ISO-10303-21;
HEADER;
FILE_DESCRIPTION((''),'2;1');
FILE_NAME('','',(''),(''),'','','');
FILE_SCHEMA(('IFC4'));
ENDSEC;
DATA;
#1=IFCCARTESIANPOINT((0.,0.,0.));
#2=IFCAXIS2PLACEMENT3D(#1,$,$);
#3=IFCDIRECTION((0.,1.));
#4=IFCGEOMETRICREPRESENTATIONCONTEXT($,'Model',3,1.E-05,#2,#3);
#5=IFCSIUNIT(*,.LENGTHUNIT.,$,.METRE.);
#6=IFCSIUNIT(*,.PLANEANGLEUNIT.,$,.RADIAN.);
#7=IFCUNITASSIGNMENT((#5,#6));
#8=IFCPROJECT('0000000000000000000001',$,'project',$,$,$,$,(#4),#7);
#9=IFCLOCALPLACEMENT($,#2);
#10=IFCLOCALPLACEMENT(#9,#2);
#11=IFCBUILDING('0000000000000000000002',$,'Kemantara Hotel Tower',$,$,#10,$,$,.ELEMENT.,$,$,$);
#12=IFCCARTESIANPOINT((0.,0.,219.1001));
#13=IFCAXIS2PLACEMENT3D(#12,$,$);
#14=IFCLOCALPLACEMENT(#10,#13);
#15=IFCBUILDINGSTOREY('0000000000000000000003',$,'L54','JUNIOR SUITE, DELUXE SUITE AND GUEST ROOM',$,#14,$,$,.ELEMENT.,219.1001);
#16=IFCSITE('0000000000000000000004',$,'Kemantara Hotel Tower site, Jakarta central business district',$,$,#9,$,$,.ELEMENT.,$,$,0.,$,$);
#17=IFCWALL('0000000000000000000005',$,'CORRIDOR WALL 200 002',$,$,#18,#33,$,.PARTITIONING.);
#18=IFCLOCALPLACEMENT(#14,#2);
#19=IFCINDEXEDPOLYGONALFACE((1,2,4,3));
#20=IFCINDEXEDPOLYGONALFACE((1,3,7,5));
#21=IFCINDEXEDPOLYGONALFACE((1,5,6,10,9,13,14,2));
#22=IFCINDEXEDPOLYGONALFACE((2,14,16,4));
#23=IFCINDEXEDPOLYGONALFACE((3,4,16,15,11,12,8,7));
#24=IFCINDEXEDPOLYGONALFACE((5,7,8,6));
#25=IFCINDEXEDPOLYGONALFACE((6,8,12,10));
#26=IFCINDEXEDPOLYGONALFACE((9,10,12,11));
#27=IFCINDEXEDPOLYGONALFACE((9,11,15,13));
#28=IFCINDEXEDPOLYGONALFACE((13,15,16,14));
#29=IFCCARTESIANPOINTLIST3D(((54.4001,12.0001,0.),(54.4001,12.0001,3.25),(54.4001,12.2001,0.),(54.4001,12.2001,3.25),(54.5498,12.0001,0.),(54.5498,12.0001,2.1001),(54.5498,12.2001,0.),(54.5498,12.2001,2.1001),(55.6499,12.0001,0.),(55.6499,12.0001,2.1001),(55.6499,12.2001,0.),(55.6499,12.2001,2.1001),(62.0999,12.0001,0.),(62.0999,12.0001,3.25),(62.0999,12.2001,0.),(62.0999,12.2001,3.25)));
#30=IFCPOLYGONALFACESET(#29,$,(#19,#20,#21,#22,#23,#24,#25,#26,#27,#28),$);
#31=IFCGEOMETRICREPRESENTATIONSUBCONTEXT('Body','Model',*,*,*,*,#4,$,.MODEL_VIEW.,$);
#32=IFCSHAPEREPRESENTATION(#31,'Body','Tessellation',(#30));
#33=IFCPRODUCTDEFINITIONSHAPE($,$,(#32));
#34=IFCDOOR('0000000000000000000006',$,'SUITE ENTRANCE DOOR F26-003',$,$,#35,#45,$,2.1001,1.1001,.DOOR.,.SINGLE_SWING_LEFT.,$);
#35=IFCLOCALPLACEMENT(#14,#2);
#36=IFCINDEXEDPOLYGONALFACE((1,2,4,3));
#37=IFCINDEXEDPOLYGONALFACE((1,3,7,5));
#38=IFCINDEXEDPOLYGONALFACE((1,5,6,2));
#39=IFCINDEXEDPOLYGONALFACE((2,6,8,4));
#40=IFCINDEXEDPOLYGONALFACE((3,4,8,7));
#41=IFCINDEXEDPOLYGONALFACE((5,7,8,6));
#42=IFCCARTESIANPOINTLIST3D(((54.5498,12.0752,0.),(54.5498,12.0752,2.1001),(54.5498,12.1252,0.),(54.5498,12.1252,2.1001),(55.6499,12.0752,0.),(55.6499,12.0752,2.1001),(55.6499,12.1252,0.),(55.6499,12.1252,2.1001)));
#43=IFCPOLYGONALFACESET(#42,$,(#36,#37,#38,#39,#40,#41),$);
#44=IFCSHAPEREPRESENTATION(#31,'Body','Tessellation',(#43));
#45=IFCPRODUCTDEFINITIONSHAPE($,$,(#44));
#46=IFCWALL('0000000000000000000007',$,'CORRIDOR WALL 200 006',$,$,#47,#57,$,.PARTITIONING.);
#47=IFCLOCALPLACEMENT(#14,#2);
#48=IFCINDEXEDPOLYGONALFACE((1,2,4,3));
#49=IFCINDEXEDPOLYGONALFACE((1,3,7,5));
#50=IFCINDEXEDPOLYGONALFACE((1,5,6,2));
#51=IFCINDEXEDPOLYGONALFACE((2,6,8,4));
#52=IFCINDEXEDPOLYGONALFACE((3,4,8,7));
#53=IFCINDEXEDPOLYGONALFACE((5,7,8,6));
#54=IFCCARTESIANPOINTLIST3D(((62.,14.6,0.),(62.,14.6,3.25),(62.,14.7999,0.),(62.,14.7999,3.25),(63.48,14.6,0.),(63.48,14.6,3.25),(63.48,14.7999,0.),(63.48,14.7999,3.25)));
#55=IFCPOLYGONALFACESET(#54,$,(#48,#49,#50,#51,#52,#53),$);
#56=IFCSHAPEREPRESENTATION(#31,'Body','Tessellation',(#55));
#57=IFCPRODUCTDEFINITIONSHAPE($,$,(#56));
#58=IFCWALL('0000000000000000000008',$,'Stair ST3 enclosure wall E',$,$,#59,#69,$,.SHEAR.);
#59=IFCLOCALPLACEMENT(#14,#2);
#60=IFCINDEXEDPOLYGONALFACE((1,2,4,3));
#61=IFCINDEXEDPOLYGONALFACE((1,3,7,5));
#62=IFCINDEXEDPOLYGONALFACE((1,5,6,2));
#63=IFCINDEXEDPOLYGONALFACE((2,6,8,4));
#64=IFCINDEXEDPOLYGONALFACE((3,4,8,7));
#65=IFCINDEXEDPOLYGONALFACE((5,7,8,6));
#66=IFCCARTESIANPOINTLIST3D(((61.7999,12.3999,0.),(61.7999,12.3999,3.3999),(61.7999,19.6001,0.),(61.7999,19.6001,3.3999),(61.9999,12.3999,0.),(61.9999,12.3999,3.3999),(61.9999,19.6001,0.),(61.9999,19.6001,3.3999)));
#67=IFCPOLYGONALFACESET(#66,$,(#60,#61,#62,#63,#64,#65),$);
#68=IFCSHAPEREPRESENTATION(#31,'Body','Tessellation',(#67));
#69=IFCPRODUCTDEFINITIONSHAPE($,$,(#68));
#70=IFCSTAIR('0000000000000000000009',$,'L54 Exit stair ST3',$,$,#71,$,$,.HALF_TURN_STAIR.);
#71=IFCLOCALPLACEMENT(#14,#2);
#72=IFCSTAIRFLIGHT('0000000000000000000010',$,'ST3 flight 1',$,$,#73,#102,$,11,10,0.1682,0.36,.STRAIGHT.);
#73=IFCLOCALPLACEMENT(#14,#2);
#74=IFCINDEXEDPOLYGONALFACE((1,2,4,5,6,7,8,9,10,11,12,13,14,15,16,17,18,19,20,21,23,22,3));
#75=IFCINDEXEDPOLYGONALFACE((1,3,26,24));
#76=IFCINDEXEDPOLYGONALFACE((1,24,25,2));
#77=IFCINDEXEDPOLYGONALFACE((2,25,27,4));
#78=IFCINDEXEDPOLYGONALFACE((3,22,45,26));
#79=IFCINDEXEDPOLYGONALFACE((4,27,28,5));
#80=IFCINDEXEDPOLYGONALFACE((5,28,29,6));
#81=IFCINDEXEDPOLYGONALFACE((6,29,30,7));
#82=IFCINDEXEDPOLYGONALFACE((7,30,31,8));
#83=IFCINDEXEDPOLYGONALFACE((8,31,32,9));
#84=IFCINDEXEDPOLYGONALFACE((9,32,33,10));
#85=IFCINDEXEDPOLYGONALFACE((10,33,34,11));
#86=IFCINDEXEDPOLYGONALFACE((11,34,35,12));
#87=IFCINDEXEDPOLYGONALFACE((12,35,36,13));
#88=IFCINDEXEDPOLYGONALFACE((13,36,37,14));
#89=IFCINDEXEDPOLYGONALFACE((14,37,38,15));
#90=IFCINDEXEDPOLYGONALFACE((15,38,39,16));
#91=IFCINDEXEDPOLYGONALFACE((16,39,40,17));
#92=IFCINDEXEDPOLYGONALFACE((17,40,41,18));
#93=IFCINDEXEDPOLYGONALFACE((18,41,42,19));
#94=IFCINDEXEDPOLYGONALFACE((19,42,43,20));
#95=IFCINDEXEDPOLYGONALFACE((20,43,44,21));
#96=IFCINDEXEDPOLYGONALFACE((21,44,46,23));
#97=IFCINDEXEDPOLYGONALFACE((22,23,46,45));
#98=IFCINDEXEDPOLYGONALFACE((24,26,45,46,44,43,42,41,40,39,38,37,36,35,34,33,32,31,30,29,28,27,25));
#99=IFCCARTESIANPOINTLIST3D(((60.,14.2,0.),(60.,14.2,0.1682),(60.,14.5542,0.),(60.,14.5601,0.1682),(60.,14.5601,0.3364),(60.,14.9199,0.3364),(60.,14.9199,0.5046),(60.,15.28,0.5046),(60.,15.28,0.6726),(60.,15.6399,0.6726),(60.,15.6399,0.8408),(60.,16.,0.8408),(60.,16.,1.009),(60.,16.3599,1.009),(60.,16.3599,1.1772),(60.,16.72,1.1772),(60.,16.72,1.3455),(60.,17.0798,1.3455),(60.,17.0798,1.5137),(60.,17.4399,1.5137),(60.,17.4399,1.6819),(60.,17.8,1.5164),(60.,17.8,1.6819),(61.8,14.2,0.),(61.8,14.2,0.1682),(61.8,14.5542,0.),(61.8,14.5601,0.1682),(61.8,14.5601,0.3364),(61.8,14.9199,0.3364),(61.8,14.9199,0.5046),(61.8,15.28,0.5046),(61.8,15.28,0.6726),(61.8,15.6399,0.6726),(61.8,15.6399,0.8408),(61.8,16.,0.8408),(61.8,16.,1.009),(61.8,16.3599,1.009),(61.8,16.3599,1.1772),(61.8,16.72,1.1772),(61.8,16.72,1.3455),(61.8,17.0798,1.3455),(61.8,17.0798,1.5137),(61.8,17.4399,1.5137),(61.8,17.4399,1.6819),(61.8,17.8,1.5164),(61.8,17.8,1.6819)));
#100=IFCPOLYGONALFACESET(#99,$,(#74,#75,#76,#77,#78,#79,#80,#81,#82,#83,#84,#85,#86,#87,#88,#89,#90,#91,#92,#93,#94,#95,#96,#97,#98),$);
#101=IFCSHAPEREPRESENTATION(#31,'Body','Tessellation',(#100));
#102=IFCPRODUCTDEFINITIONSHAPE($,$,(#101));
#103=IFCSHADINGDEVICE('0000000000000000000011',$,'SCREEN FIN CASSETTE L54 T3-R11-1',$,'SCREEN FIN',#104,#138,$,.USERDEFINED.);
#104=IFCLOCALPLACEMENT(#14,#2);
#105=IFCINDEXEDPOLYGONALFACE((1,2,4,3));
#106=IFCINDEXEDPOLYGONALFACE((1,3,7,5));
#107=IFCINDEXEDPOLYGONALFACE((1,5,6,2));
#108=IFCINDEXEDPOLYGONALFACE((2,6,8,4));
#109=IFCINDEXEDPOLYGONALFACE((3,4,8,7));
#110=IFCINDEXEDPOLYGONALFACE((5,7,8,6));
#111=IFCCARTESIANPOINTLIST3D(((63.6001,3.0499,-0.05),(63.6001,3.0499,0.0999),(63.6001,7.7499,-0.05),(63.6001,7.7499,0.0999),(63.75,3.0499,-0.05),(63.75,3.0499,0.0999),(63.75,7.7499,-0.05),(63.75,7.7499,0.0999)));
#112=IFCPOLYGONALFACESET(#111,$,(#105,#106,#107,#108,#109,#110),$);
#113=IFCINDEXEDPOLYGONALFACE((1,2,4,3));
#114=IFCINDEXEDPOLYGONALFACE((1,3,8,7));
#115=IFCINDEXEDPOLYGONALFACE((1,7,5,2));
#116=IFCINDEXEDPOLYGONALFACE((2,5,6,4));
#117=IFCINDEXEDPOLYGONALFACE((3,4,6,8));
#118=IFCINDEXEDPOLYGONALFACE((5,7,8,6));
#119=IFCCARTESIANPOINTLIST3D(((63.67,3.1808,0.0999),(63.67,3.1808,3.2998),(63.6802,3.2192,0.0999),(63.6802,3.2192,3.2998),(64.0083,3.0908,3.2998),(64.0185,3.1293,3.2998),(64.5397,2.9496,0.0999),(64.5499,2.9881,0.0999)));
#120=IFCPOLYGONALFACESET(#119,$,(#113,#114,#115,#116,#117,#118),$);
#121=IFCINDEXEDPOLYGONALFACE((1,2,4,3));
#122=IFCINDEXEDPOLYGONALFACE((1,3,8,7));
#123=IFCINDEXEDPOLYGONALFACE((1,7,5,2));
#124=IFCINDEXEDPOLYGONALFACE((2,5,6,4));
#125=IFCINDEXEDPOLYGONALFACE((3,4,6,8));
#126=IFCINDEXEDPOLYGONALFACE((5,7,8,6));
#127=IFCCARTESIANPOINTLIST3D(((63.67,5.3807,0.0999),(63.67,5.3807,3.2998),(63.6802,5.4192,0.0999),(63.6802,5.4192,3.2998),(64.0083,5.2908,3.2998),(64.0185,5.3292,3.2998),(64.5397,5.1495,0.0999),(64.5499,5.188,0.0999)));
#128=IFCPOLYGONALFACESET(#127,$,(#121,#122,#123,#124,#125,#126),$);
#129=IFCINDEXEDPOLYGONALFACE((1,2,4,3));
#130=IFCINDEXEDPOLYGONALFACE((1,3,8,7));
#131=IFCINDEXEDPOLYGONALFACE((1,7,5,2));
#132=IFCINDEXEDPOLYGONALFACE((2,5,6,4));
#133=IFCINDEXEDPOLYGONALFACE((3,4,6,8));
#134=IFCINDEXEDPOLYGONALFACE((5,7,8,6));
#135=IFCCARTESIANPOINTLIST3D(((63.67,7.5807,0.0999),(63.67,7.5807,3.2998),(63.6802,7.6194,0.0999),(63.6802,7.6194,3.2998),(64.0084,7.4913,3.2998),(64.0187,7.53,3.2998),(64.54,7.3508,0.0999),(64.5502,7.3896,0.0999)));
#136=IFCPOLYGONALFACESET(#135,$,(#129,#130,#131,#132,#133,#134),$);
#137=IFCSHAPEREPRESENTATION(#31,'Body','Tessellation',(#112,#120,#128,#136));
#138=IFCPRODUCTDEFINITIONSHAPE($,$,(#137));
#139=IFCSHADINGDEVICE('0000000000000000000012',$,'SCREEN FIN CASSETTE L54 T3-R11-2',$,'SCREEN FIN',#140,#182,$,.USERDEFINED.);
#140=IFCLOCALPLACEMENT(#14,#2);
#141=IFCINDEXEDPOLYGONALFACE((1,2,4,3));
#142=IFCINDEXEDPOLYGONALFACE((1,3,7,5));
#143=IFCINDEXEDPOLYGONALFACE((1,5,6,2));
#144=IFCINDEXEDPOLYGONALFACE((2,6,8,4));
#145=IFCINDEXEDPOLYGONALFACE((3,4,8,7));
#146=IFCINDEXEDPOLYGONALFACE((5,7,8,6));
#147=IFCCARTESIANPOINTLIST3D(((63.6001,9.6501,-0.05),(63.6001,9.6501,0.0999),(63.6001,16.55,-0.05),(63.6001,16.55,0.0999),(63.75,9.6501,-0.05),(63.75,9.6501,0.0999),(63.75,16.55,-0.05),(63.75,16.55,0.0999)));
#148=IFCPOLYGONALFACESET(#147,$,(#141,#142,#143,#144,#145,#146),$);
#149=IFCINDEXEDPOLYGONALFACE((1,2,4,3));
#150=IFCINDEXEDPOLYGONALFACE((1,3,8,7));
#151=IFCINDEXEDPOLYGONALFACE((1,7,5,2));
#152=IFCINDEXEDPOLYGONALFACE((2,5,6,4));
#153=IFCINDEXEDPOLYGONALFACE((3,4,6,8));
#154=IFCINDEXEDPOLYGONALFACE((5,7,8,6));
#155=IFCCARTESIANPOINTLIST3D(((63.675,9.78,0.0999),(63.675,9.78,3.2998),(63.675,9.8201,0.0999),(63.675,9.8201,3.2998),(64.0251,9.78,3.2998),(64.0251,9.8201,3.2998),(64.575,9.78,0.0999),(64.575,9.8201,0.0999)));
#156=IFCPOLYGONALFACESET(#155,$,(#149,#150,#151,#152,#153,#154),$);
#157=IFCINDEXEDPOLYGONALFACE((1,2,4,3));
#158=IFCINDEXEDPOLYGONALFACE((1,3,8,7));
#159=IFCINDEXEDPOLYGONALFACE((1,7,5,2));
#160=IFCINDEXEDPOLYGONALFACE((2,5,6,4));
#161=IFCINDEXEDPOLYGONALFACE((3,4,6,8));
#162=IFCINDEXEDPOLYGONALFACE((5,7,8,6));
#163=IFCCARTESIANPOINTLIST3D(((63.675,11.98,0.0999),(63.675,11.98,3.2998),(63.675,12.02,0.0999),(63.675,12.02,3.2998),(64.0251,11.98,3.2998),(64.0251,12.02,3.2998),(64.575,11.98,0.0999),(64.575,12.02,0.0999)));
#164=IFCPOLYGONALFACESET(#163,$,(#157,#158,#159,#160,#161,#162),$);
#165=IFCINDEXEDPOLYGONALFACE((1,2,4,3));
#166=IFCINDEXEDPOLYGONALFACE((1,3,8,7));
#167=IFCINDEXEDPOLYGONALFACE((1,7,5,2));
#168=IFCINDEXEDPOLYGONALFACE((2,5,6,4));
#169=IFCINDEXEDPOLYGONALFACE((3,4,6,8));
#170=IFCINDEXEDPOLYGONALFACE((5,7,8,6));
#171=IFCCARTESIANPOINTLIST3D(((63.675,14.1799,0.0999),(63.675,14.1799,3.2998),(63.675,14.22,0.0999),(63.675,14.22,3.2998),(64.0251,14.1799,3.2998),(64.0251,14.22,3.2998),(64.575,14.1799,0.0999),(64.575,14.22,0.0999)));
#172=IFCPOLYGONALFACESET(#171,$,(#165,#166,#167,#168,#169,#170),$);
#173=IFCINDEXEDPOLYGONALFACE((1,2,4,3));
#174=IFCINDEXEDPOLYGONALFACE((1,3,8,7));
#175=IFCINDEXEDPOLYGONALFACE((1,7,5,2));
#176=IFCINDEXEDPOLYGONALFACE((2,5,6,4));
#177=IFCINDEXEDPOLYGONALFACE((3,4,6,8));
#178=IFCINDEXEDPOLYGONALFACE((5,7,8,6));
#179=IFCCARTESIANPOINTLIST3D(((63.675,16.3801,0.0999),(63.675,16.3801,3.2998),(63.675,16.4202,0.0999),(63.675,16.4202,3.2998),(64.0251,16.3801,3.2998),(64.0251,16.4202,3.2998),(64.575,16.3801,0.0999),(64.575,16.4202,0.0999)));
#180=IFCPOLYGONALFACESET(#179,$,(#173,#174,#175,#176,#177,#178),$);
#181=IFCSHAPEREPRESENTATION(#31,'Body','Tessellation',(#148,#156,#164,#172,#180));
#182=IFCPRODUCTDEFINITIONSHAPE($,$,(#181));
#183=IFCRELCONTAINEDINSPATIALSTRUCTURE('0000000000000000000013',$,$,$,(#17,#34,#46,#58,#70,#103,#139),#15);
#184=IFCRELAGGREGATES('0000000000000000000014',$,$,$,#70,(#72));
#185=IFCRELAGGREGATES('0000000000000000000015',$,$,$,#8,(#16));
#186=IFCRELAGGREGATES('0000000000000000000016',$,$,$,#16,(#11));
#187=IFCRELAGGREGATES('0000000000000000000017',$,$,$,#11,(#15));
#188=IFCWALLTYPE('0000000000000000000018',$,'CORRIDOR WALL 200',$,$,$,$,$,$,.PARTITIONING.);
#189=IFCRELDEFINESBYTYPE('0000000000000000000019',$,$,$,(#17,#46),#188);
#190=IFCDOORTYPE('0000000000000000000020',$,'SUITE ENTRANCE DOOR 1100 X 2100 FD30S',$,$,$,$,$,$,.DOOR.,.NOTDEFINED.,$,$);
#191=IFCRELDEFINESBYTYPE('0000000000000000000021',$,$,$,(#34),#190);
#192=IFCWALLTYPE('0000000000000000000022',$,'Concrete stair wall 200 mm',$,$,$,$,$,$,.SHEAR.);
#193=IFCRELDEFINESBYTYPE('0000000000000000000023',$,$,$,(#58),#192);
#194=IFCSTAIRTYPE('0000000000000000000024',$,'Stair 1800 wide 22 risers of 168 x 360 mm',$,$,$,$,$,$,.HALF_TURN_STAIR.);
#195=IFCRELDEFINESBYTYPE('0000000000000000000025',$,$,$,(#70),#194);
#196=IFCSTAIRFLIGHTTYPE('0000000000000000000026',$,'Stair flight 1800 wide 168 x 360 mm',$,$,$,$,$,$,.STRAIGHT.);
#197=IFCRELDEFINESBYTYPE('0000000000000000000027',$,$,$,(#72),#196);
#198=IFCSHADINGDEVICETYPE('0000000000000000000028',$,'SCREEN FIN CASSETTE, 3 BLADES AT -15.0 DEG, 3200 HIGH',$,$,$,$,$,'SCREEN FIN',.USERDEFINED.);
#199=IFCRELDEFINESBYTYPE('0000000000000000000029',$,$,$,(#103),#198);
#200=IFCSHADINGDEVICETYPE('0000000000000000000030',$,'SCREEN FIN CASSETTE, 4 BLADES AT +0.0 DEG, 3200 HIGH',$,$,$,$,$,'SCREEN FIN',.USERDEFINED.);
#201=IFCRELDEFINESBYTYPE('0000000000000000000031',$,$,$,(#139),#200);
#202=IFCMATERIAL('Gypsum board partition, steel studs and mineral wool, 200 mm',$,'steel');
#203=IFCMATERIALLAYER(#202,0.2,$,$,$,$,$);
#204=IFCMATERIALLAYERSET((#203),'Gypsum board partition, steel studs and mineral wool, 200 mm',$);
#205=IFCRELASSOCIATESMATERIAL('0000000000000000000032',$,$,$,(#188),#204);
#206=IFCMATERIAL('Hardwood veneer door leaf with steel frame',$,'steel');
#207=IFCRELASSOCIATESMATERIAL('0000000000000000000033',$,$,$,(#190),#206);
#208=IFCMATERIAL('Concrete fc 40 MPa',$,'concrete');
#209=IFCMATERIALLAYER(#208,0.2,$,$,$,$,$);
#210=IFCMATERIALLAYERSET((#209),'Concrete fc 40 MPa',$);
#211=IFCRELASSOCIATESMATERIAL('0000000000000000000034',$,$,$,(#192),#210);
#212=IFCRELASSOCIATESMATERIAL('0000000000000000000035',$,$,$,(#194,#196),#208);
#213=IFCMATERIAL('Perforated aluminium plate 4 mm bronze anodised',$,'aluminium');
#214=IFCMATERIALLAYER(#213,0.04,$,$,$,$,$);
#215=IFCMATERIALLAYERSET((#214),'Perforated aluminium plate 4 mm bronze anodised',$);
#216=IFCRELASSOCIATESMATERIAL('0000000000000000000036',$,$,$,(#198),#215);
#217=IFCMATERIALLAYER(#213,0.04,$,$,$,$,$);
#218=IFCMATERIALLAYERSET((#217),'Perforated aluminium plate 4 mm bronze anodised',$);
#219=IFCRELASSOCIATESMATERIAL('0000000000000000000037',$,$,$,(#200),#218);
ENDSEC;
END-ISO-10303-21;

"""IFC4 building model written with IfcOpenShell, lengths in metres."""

from ifc_helpers import new_model, si_unit, direction, frame, frame_2d, origin, origin_2d, place, context, subcontext, project, spatial, polyline, rectangle, outline, extrude, source, transform, mapped, material, layer, layer_set, type_object, element, fill, aggregate, save


model = new_model("IFC4")

# Units and contexts
model_context = context("Model", 3, precision=1e-05, world=origin(), true_north=direction((0.0, 1.0)))
body_context = subcontext(model_context, "Body", "Model", "MODEL_VIEW")
ifc_project = project(units=[si_unit("LENGTHUNIT", "METRE"), si_unit("PLANEANGLEUNIT", "RADIAN")], contexts=[model_context])

# Site, building, storey
site_placement = place(None, origin())
site = spatial("IfcSite", under=ifc_project, at=site_placement, Name="Kemantara Hotel Tower site, Jakarta central business district", CompositionType="ELEMENT", RefElevation=0.0)
building_placement = place(site_placement, origin())
building = spatial("IfcBuilding", under=site, at=building_placement, Name="Kemantara Hotel Tower", CompositionType="ELEMENT")
storey_placement = place(building_placement, frame((0.0, 0.0, 219.1001)))
storey = spatial("IfcBuildingStorey", under=building, at=storey_placement, Name="L54", Description="JUNIOR SUITE, DELUXE SUITE AND GUEST ROOM", CompositionType="ELEMENT", Elevation=219.1001)

# Wall, opening, door
ifc_material_1 = material(Name="Gypsum board partition, steel studs and mineral wool, 200 mm", Category="steel")
ifc_layer_1 = layer(ifc_material_1, 0.2)
ifc_layer_set_1 = layer_set([ifc_layer_1], Name="Gypsum board partition, steel studs and mineral wool, 200 mm")
wall_type_1 = type_object("IfcWallType", Name="CORRIDOR WALL 200", PredefinedType="PARTITIONING", material=ifc_layer_set_1)
wall_1_placement = place(storey_placement, frame((62.0999, 12.1001, 0.0), z_axis=(0.0, 0.0, 1.0), x_axis=(-1.0, 0.0, 0.0)))
wall_1 = element("IfcWall", 1, at=wall_1_placement, inside=storey, type_object=wall_type_1, Name="CORRIDOR WALL 200 002", PredefinedType="PARTITIONING", context=body_context, shape_type="SweptSolid", body=[
    extrude(rectangle(XDim=7.6997, YDim=0.2, at=frame_2d((3.8499, 0.0))), origin(), (0.0, 0.0, 1.0), 3.25),
])
opening_placement = place(wall_1_placement, frame((6.45, 0.0, 0.0)))
opening = element("IfcOpeningElement", 2, at=opening_placement, cuts=wall_1, PredefinedType="OPENING", context=body_context, shape_type="SweptSolid", body=[
    extrude(rectangle(XDim=1.1001, YDim=2.1001, at=frame_2d((0.55, 1.05))), frame((0.0, 0.1099, 0.0), z_axis=(0.0, -1.0, 0.0), x_axis=(1.0, 0.0, 0.0)), (0.0, 0.0, 1.0), 0.22),
])
ifc_material_2 = material(Name="Hardwood veneer door leaf with steel frame", Category="steel")
door_type = type_object("IfcDoorType", Name="SUITE ENTRANCE DOOR 1100 X 2100 FD30S", OperationType="NOTDEFINED", PredefinedType="DOOR", material=ifc_material_2)
door_placement = place(opening_placement, origin())
door = element("IfcDoor", 3, at=door_placement, inside=storey, type_object=door_type, Name="SUITE ENTRANCE DOOR F26-003", OperationType="SINGLE_SWING_LEFT", OverallHeight=2.1001, OverallWidth=1.1001, PredefinedType="DOOR", context=body_context, shape_type="SweptSolid", body=[
    extrude(rectangle(XDim=1.1001, YDim=2.1001, at=frame_2d((0.55, 1.05))), frame((0.0, 0.0249, 0.0), z_axis=(0.0, -1.0, 0.0), x_axis=(1.0, 0.0, 0.0)), (0.0, 0.0, 1.0), 0.05),
])
fill(opening, door)

# Walls
wall_2_placement = place(storey_placement, frame((62.0, 14.7, 0.0), z_axis=(0.0, 0.0, 1.0), x_axis=(1.0, 0.0, 0.0)))
element("IfcWall", 4, at=wall_2_placement, inside=storey, type_object=wall_type_1, Name="CORRIDOR WALL 200 006", PredefinedType="PARTITIONING", context=body_context, shape_type="SweptSolid", body=[
    extrude(rectangle(XDim=1.48, YDim=0.2, at=frame_2d((0.74, 0.0))), origin(), (0.0, 0.0, 1.0), 3.25),
])
ifc_material_3 = material(Name="Concrete fc 40 MPa", Category="concrete")
ifc_layer_2 = layer(ifc_material_3, 0.2)
ifc_layer_set_2 = layer_set([ifc_layer_2], Name="Concrete fc 40 MPa")
wall_type_2 = type_object("IfcWallType", Name="Concrete stair wall 200 mm", PredefinedType="SHEAR", material=ifc_layer_set_2)
wall_3_placement = place(storey_placement, frame((61.8999, 12.3999, 0.0), z_axis=(0.0, 0.0, 1.0), x_axis=(0.0, 1.0, 0.0)))
element("IfcWall", 5, at=wall_3_placement, inside=storey, type_object=wall_type_2, Name="Stair ST3 enclosure wall E", PredefinedType="SHEAR", context=body_context, shape_type="SweptSolid", body=[
    extrude(rectangle(XDim=7.2002, YDim=0.2, at=frame_2d((3.6001, 0.0))), origin(), (0.0, 0.0, 1.0), 3.3999),
])

# Stair, stair flight
stair_type = type_object("IfcStairType", Name="Stair 1800 wide 22 risers of 168 x 360 mm", PredefinedType="HALF_TURN_STAIR", material=ifc_material_3)
stair_placement = place(storey_placement, origin())
stair = element("IfcStair", 6, at=stair_placement, inside=storey, type_object=stair_type, Name="L54 Exit stair ST3", PredefinedType="HALF_TURN_STAIR")
stair_flight_type = type_object("IfcStairFlightType", Name="Stair flight 1800 wide 168 x 360 mm", PredefinedType="STRAIGHT", material=ifc_material_3)
stair_flight_placement = place(storey_placement, frame((60.8999, 14.2, 0.0), z_axis=(0.0, 0.0, 1.0), x_axis=(0.0, 1.0, 0.0)))
stair_flight = element("IfcStairFlight", 7, at=stair_flight_placement, type_object=stair_flight_type, Name="ST3 flight 1", NumberOfRisers=11, NumberOfTreads=10, PredefinedType="STRAIGHT", RiserHeight=0.1682, TreadLength=0.36, context=body_context, shape_type="SweptSolid", body=[
    extrude(outline(polyline([(0.0, 0.0), (0.0, 0.1682), (0.3601, 0.1682), (0.3601, 0.3364), (0.72, 0.3364), (0.72, 0.5046), (1.0801, 0.5046), (1.0801, 0.6726), (1.4399, 0.6726), (1.4399, 0.8408), (1.8, 0.8408), (1.8, 1.009), (2.1599, 1.009), (2.1599, 1.1772), (2.52, 1.1772), (2.52, 1.3455), (2.8799, 1.3455), (2.8799, 1.5137), (3.24, 1.5137), (3.24, 1.6819), (3.6001, 1.6819), (3.6001, 1.8501), (3.6001, 1.5164), (0.3542, 0.0), (0.0, 0.0)])), frame((0.0, 0.8999, 0.0), z_axis=(0.0, -1.0, 0.0), x_axis=(1.0, 0.0, 0.0)), (0.0, 0.0, 1.0), 1.8),
])
aggregate(stair, [stair_flight])

# Shading devices
ifc_material_4 = material(Name="Perforated aluminium plate 4 mm bronze anodised", Category="aluminium")
ifc_layer_3 = layer(ifc_material_4, 0.04)
ifc_layer_set_3 = layer_set([ifc_layer_3], Name="Perforated aluminium plate 4 mm bronze anodised")
shading_device_type_1 = type_object("IfcShadingDeviceType", Name="SCREEN FIN CASSETTE, 3 BLADES AT -15.0 DEG, 3200 HIGH", ElementType="SCREEN FIN", PredefinedType="USERDEFINED", material=ifc_layer_set_3)
shared_shape_1 = source(origin(), body_context, "Body", "SweptSolid", [
    extrude(rectangle(XDim=4.7, YDim=0.1499, at=origin_2d()), frame((2.2, -0.075, -0.1499), z_axis=(0.0, 0.0, 1.0), x_axis=(1.0, 0.0, 0.0)), (0.0, 0.0, 1.0), 0.1499),
    extrude(outline(polyline([(0.0, 0.0), (0.8999, 0.0), (0.3501, 3.2), (0.0, 3.2), (0.0, 0.0)])), frame((0.0193, -0.0801, 0.0), z_axis=(-0.966438, 0.256901, 0.0), x_axis=(-0.256901, -0.966438, 0.0)), (0.0, 0.0, 1.0), 0.0398),
    extrude(outline(polyline([(0.0, 0.0), (0.8999, 0.0), (0.3501, 3.2), (0.0, 3.2), (0.0, 0.0)])), frame((2.2192, -0.0801, 0.0), z_axis=(-0.966438, 0.256901, 0.0), x_axis=(-0.256901, -0.966438, 0.0)), (0.0, 0.0, 1.0), 0.0398),
    extrude(outline(polyline([(0.0, 0.0), (0.8999, 0.0), (0.3501, 3.2), (0.0, 3.2), (0.0, 0.0)])), frame((4.4194, -0.0801, 0.0), z_axis=(-0.966838, 0.255391, 0.0), x_axis=(-0.255391, -0.966838, 0.0)), (0.0, 0.0, 1.0), 0.04),
])
shading_device_1_placement = place(storey_placement, frame((63.6001, 3.2, 0.0999), z_axis=(0.0, 0.0, 1.0), x_axis=(0.0, 1.0, 0.0)))
element("IfcShadingDevice", 8, at=shading_device_1_placement, inside=storey, type_object=shading_device_type_1, Name="SCREEN FIN CASSETTE L54 T3-R11-1", ObjectType="SCREEN FIN", PredefinedType="USERDEFINED", context=body_context, shape_type="MappedRepresentation", body=[
    mapped(shared_shape_1, transform((0.0, 0.0, 0.0))),
])
ifc_layer_4 = layer(ifc_material_4, 0.04)
ifc_layer_set_4 = layer_set([ifc_layer_4], Name="Perforated aluminium plate 4 mm bronze anodised")
shading_device_type_2 = type_object("IfcShadingDeviceType", Name="SCREEN FIN CASSETTE, 4 BLADES AT +0.0 DEG, 3200 HIGH", ElementType="SCREEN FIN", PredefinedType="USERDEFINED", material=ifc_layer_set_4)
shared_shape_2 = source(origin(), body_context, "Body", "SweptSolid", [
    extrude(rectangle(XDim=6.8999, YDim=0.1499, at=origin_2d()), frame((3.3, -0.075, -0.1499), z_axis=(0.0, 0.0, 1.0), x_axis=(1.0, 0.0, 0.0)), (0.0, 0.0, 1.0), 0.1499),
    extrude(outline(polyline([(0.0, 0.0), (0.8999, 0.0), (0.3501, 3.2), (0.0, 3.2), (0.0, 0.0)])), frame((0.02, -0.075, 0.0), z_axis=(-1.0, 0.0, 0.0), x_axis=(0.0, -1.0, 0.0)), (0.0, 0.0, 1.0), 0.04),
    extrude(outline(polyline([(0.0, 0.0), (0.8999, 0.0), (0.3501, 3.2), (0.0, 3.2), (0.0, 0.0)])), frame((2.22, -0.075, 0.0), z_axis=(-1.0, 0.0, 0.0), x_axis=(0.0, -1.0, 0.0)), (0.0, 0.0, 1.0), 0.04),
    extrude(outline(polyline([(0.0, 0.0), (0.8999, 0.0), (0.3501, 3.2), (0.0, 3.2), (0.0, 0.0)])), frame((4.4199, -0.075, 0.0), z_axis=(-1.0, 0.0, 0.0), x_axis=(0.0, -1.0, 0.0)), (0.0, 0.0, 1.0), 0.04),
    extrude(outline(polyline([(0.0, 0.0), (0.8999, 0.0), (0.3501, 3.2), (0.0, 3.2), (0.0, 0.0)])), frame((6.6201, -0.075, 0.0), z_axis=(-1.0, 0.0, 0.0), x_axis=(0.0, -1.0, 0.0)), (0.0, 0.0, 1.0), 0.04),
])
shading_device_2_placement = place(storey_placement, frame((63.6001, 9.8, 0.0999), z_axis=(0.0, 0.0, 1.0), x_axis=(0.0, 1.0, 0.0)))
element("IfcShadingDevice", 9, at=shading_device_2_placement, inside=storey, type_object=shading_device_type_2, Name="SCREEN FIN CASSETTE L54 T3-R11-2", ObjectType="SCREEN FIN", PredefinedType="USERDEFINED", context=body_context, shape_type="MappedRepresentation", body=[
    mapped(shared_shape_2, transform((0.0, 0.0, 0.0))),
])

save(model, "model.ifc")
